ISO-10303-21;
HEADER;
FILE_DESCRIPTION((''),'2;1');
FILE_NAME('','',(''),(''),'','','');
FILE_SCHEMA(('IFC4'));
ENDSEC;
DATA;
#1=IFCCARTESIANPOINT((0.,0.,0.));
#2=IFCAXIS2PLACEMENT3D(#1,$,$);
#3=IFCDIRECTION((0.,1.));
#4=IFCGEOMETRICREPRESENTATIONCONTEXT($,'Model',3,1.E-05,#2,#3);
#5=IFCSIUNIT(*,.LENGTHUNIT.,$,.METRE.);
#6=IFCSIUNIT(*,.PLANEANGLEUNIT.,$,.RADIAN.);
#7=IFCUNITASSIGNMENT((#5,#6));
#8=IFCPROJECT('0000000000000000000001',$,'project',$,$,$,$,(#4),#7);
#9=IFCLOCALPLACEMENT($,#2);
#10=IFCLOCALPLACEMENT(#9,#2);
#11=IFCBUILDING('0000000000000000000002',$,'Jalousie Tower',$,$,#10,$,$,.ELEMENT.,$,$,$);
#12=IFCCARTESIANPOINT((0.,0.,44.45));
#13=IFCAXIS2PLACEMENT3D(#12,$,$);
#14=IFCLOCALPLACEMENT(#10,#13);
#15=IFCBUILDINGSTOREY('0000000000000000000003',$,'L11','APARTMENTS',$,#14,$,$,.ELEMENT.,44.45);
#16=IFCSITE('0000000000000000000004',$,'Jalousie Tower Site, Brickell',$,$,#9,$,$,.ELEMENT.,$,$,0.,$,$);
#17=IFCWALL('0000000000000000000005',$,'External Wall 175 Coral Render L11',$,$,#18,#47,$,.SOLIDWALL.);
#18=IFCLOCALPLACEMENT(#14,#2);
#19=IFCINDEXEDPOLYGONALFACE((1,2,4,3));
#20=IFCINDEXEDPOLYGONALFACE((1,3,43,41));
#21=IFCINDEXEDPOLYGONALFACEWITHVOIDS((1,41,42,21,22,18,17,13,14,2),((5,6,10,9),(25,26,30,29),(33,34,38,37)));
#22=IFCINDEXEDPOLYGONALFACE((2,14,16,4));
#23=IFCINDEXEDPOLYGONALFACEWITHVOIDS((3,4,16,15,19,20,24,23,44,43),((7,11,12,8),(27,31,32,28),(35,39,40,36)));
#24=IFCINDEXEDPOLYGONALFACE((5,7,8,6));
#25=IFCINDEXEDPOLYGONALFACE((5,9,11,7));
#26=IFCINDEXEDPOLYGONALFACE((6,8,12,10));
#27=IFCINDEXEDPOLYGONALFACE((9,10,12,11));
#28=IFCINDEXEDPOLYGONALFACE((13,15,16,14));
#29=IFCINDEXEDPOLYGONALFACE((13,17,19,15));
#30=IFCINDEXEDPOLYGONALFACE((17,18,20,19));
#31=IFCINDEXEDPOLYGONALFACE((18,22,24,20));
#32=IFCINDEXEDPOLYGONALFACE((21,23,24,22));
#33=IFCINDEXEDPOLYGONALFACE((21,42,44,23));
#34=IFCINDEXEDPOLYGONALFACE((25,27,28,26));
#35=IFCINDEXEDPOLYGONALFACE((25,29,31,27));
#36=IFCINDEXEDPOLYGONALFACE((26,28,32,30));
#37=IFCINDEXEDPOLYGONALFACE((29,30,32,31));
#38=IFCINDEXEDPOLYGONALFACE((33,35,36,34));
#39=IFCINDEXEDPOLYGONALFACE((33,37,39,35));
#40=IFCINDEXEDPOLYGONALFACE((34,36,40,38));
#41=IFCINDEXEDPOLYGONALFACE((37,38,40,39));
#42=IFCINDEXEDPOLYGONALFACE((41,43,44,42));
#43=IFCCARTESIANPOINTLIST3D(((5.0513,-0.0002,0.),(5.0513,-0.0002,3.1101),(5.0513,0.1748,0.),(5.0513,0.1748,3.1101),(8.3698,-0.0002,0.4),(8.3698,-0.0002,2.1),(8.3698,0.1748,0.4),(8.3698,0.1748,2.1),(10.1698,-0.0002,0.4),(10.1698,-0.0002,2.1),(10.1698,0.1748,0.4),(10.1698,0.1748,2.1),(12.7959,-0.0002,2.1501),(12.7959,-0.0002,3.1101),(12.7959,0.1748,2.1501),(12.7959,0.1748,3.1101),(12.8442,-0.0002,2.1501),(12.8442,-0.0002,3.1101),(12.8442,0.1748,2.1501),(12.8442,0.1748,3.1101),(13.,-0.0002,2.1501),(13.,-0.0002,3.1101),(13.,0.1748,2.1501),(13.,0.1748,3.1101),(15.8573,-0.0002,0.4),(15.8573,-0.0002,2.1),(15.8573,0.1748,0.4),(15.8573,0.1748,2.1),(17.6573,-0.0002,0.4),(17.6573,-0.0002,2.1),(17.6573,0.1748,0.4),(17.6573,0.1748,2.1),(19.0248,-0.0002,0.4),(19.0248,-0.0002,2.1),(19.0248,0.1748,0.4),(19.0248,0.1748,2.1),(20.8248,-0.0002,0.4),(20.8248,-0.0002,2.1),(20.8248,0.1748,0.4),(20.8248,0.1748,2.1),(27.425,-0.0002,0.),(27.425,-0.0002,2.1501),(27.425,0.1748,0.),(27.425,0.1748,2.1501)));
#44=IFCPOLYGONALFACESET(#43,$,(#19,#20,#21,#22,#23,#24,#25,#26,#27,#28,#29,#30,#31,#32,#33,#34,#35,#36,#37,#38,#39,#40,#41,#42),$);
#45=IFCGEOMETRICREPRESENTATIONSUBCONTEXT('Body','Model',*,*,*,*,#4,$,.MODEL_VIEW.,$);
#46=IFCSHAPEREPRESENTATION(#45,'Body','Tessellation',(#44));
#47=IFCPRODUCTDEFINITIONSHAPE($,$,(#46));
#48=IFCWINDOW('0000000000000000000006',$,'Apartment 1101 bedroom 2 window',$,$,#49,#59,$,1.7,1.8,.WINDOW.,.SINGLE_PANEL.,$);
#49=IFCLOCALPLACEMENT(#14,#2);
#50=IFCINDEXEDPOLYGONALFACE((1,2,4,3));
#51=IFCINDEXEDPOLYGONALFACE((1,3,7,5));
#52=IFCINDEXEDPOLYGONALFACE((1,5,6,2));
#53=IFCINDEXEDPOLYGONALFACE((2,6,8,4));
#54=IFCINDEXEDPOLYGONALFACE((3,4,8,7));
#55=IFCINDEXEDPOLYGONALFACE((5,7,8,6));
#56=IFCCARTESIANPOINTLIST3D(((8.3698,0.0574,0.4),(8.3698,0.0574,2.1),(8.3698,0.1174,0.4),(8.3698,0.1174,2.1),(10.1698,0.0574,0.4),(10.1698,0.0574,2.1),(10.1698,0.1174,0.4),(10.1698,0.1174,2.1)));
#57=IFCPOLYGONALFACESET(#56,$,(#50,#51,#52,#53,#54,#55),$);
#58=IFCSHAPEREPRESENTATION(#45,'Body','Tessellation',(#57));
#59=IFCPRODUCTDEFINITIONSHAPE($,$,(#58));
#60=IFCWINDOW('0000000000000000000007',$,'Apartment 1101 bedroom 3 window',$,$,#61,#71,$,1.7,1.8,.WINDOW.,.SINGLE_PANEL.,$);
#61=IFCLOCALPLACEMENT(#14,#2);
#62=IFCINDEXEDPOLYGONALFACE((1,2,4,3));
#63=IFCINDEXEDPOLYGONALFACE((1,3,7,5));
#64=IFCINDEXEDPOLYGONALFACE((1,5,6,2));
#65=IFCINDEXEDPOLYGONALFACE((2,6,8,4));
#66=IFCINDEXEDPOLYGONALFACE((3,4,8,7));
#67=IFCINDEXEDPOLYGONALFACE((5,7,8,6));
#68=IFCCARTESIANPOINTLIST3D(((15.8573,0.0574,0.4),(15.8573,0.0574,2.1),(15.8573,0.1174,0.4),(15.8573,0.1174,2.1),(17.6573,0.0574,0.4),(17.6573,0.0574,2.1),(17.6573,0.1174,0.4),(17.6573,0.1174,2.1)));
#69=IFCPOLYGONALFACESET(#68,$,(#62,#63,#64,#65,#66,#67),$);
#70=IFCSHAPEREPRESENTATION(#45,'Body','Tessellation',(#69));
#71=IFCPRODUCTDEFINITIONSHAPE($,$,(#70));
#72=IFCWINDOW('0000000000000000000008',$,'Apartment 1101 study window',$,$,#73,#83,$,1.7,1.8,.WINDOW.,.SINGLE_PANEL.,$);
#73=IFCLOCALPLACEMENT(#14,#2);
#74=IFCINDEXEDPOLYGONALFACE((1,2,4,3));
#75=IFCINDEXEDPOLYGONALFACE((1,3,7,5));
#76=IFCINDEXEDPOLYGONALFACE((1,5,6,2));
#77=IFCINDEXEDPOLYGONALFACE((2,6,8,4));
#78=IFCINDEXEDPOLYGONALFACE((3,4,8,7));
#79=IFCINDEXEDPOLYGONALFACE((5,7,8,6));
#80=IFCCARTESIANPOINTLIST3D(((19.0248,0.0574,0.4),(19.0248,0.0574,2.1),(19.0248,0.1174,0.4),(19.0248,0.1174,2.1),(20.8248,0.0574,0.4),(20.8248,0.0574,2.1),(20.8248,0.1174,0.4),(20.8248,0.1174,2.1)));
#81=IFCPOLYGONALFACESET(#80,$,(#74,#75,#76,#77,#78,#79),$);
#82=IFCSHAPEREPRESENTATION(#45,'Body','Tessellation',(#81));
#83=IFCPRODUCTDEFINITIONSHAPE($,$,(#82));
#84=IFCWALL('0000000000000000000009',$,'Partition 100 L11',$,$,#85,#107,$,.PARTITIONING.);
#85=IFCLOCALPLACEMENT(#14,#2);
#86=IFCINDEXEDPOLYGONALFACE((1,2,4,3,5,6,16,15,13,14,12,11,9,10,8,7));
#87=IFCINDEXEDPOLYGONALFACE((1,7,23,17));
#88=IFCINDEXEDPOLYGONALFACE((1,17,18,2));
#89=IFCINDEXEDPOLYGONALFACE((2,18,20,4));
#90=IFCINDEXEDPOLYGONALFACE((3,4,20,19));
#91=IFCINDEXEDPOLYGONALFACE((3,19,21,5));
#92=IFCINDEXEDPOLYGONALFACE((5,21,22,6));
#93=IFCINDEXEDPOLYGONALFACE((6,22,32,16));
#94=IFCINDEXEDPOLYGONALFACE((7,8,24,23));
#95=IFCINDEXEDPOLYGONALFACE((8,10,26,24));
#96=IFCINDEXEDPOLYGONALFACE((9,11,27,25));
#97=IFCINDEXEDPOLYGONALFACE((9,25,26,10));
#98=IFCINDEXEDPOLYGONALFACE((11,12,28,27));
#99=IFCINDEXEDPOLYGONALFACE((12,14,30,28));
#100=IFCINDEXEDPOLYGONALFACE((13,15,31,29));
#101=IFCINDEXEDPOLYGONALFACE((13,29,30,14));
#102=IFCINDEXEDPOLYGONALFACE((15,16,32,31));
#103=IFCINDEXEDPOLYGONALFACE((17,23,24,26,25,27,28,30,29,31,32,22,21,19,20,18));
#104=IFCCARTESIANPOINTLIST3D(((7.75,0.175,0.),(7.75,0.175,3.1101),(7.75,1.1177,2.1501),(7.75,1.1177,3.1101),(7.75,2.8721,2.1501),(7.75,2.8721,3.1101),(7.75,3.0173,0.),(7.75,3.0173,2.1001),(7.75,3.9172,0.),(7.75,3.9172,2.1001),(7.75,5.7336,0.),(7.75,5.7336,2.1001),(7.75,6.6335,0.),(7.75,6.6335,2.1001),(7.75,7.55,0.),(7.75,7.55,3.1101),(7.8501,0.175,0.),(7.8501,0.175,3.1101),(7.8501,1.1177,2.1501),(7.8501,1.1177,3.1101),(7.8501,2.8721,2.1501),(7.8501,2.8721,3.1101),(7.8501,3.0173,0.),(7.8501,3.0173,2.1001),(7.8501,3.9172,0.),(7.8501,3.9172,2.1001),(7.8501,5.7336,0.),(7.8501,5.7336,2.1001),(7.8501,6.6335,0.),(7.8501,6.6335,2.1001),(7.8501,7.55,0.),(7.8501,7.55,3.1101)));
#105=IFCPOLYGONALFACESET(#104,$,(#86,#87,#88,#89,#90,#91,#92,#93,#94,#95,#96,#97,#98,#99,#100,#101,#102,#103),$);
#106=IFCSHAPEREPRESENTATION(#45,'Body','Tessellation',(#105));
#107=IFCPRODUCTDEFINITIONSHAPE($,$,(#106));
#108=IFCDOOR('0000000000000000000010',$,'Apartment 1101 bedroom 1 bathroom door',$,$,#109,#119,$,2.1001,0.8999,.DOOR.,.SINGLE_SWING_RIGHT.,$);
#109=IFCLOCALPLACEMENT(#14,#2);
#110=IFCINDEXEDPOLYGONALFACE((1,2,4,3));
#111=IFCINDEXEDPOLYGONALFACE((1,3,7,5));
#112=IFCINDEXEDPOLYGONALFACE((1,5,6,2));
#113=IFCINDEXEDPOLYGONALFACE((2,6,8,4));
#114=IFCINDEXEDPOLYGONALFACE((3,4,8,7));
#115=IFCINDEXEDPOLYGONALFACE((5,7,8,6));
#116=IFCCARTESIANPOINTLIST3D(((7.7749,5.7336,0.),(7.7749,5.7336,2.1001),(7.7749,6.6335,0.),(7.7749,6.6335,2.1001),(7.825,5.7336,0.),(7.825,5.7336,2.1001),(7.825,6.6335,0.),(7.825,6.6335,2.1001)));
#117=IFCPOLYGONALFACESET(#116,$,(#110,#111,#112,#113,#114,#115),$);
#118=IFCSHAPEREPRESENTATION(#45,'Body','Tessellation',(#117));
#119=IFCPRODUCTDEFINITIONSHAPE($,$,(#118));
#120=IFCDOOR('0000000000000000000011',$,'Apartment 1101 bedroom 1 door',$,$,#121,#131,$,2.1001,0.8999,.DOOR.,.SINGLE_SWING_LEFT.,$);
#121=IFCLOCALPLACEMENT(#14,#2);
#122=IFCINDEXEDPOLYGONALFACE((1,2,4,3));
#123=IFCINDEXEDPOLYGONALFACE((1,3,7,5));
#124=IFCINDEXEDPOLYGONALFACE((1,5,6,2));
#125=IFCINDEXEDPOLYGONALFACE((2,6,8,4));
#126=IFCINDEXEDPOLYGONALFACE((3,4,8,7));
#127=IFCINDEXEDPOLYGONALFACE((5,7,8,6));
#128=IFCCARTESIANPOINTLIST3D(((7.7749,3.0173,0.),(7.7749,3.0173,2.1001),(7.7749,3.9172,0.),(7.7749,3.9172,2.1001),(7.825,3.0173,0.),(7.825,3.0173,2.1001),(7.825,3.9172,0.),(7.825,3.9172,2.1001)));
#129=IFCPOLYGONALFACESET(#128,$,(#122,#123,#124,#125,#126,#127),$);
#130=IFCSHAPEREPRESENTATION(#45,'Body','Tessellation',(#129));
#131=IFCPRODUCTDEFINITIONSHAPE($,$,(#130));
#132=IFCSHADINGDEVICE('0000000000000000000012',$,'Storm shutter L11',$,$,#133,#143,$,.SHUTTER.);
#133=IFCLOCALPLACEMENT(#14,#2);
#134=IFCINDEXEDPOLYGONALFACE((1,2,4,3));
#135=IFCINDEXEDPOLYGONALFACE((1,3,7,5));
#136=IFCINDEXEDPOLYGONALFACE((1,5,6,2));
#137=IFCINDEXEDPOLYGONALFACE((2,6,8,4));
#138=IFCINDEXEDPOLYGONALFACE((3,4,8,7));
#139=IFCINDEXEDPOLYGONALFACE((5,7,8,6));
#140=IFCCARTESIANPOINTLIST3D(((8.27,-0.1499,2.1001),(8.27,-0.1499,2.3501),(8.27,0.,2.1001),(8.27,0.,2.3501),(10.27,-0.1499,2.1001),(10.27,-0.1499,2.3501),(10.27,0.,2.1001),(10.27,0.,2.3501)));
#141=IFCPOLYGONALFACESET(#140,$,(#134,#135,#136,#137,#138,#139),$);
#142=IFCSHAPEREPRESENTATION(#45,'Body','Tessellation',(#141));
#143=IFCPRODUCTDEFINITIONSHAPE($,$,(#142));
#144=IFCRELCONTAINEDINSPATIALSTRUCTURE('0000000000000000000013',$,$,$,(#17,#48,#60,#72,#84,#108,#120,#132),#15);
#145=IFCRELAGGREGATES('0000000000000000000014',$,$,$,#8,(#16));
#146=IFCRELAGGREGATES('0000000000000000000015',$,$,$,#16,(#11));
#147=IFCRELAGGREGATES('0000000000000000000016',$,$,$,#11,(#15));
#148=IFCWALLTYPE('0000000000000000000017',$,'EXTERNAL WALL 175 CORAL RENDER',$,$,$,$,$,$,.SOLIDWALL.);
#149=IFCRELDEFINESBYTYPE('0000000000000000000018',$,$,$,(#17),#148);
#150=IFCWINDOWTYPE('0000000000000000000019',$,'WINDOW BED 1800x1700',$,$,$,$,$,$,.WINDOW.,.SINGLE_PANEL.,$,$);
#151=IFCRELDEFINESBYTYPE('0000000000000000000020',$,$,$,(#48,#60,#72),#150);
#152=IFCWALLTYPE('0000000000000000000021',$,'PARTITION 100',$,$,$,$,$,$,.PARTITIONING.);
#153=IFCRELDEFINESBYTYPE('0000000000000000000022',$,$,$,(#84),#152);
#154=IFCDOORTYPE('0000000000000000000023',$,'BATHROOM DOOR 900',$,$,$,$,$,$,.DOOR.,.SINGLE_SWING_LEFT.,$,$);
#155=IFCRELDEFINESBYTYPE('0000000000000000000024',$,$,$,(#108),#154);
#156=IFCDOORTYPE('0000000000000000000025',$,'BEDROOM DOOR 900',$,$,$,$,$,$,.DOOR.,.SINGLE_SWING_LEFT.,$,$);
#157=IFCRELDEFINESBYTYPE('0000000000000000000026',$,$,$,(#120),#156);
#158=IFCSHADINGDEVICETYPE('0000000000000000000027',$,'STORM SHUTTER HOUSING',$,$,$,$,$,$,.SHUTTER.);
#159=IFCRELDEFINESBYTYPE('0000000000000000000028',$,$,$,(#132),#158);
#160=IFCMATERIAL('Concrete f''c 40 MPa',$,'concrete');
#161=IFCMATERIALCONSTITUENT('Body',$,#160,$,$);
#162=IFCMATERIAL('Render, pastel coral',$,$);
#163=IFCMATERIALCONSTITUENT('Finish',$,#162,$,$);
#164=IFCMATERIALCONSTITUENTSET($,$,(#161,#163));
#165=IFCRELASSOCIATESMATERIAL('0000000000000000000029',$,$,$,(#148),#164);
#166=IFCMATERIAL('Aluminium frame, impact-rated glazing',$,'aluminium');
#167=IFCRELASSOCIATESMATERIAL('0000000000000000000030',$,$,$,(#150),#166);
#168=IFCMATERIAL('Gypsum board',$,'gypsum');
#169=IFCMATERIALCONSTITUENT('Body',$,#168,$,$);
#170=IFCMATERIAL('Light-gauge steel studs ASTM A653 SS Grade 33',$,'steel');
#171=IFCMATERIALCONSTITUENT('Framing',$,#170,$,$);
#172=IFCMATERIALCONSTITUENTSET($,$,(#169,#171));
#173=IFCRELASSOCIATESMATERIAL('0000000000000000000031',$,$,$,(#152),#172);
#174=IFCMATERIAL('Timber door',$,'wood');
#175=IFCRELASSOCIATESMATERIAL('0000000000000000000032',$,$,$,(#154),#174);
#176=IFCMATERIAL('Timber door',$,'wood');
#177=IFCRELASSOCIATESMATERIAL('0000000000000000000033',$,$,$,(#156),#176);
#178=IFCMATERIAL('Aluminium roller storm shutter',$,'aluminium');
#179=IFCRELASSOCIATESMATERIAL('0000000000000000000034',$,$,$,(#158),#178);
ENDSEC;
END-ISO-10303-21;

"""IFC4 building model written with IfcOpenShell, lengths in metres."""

from ifc_helpers import new_model, si_unit, direction, frame, frame_2d, origin, origin_2d, place, context, subcontext, project, spatial, polyline, rectangle, outline, extrude, material, constituent, constituent_set, type_object, element, fill, save


model = new_model("IFC4")

# Units and contexts
model_context = context("Model", 3, precision=1e-05, world=origin(), true_north=direction((0.0, 1.0)))
body_context = subcontext(model_context, "Body", "Model", "MODEL_VIEW")
ifc_project = project(units=[si_unit("LENGTHUNIT", "METRE"), si_unit("PLANEANGLEUNIT", "RADIAN")], contexts=[model_context])

# Site, building, storey
site_placement = place(None, origin())
site = spatial("IfcSite", under=ifc_project, at=site_placement, Name="Jalousie Tower Site, Brickell", CompositionType="ELEMENT", RefElevation=0.0)
building_placement = place(site_placement, origin())
building = spatial("IfcBuilding", under=site, at=building_placement, Name="Jalousie Tower", CompositionType="ELEMENT")
storey_placement = place(building_placement, frame((0.0, 0.0, 44.45)))
storey = spatial("IfcBuildingStorey", under=building, at=storey_placement, Name="L11", Description="APARTMENTS", CompositionType="ELEMENT", Elevation=44.45)

# Wall, openings, windows
ifc_material_1 = material(Name="Concrete f'c 40 MPa", Category="concrete")
ifc_constituent_1 = constituent(ifc_material_1, Name="Body")
ifc_material_2 = material(Name="Render, pastel coral")
ifc_constituent_2 = constituent(ifc_material_2, Name="Finish")
ifc_constituent_set_1 = constituent_set(constituents=[ifc_constituent_1, ifc_constituent_2])
wall_type_1 = type_object("IfcWallType", Name="EXTERNAL WALL 175 CORAL RENDER", PredefinedType="SOLIDWALL", material=ifc_constituent_set_1)
wall_1_placement = place(storey_placement, frame((5.0513, 0.0874, 0.0), z_axis=(0.0, 0.0, 1.0), x_axis=(1.0, 0.0, 0.0)))
wall_1 = element("IfcWall", 1, at=wall_1_placement, inside=storey, type_object=wall_type_1, Name="External Wall 175 Coral Render L11", PredefinedType="SOLIDWALL", context=body_context, shape_type="SweptSolid", body=[
    extrude(outline(polyline([(0.0, 0.0), (22.3738, 0.0), (22.3738, 2.1501), (7.9487, 2.1501), (7.9487, 3.1101), (7.793, 3.1101), (7.793, 2.1501), (7.7446, 2.1501), (7.7446, 3.1101), (0.0, 3.1101), (0.0, 0.0)])), frame((0.0, 0.0874, 0.0), z_axis=(0.0, -1.0, 0.0), x_axis=(1.0, 0.0, 0.0)), (0.0, 0.0, 1.0), 0.175),
])
opening_1_placement = place(wall_1_placement, frame((3.3186, 0.0, 0.3999)))
opening_1 = element("IfcOpeningElement", 2, at=opening_1_placement, cuts=wall_1, PredefinedType="OPENING", context=body_context, shape_type="SweptSolid", body=[
    extrude(rectangle(XDim=1.8, YDim=1.7, at=frame_2d((0.8999, 0.8501))), frame((0.0, 0.0974, 0.0), z_axis=(0.0, -1.0, 0.0), x_axis=(1.0, 0.0, 0.0)), (0.0, 0.0, 1.0), 0.1951),
])
opening_2_placement = place(wall_1_placement, frame((10.8062, 0.0, 0.3999)))
opening_2 = element("IfcOpeningElement", 3, at=opening_2_placement, cuts=wall_1, PredefinedType="OPENING", context=body_context, shape_type="SweptSolid", body=[
    extrude(rectangle(XDim=1.8, YDim=1.7, at=frame_2d((0.8999, 0.8501))), frame((0.0, 0.0974, 0.0), z_axis=(0.0, -1.0, 0.0), x_axis=(1.0, 0.0, 0.0)), (0.0, 0.0, 1.0), 0.1951),
])
opening_3_placement = place(wall_1_placement, frame((13.9736, 0.0, 0.3999)))
opening_3 = element("IfcOpeningElement", 4, at=opening_3_placement, cuts=wall_1, PredefinedType="OPENING", context=body_context, shape_type="SweptSolid", body=[
    extrude(rectangle(XDim=1.8, YDim=1.7, at=frame_2d((0.8999, 0.8501))), frame((0.0, 0.0974, 0.0), z_axis=(0.0, -1.0, 0.0), x_axis=(1.0, 0.0, 0.0)), (0.0, 0.0, 1.0), 0.1951),
])
ifc_material_3 = material(Name="Aluminium frame, impact-rated glazing", Category="aluminium")
window_type = type_object("IfcWindowType", Name="WINDOW BED 1800x1700", PartitioningType="SINGLE_PANEL", PredefinedType="WINDOW", material=ifc_material_3)
window_1_placement = place(opening_1_placement, origin())
window_1 = element("IfcWindow", 5, at=window_1_placement, inside=storey, type_object=window_type, Name="Apartment 1101 bedroom 2 window", OverallHeight=1.7, OverallWidth=1.8, PartitioningType="SINGLE_PANEL", PredefinedType="WINDOW", context=body_context, shape_type="SweptSolid", body=[
    extrude(rectangle(XDim=1.8, YDim=1.7, at=frame_2d((0.8999, 0.8501))), frame((0.0, 0.03, 0.0), z_axis=(0.0, -1.0, 0.0), x_axis=(1.0, 0.0, 0.0)), (0.0, 0.0, 1.0), 0.0601),
])
fill(opening_1, window_1)
window_2_placement = place(opening_2_placement, origin())
window_2 = element("IfcWindow", 6, at=window_2_placement, inside=storey, type_object=window_type, Name="Apartment 1101 bedroom 3 window", OverallHeight=1.7, OverallWidth=1.8, PartitioningType="SINGLE_PANEL", PredefinedType="WINDOW", context=body_context, shape_type="SweptSolid", body=[
    extrude(rectangle(XDim=1.8, YDim=1.7, at=frame_2d((0.8999, 0.8501))), frame((0.0, 0.03, 0.0), z_axis=(0.0, -1.0, 0.0), x_axis=(1.0, 0.0, 0.0)), (0.0, 0.0, 1.0), 0.0601),
])
fill(opening_2, window_2)
window_3_placement = place(opening_3_placement, origin())
window_3 = element("IfcWindow", 7, at=window_3_placement, inside=storey, type_object=window_type, Name="Apartment 1101 study window", OverallHeight=1.7, OverallWidth=1.8, PartitioningType="SINGLE_PANEL", PredefinedType="WINDOW", context=body_context, shape_type="SweptSolid", body=[
    extrude(rectangle(XDim=1.8, YDim=1.7, at=frame_2d((0.8999, 0.8501))), frame((0.0, 0.03, 0.0), z_axis=(0.0, -1.0, 0.0), x_axis=(1.0, 0.0, 0.0)), (0.0, 0.0, 1.0), 0.0601),
])
fill(opening_3, window_3)

# Wall, openings, doors
ifc_material_4 = material(Name="Gypsum board", Category="gypsum")
ifc_constituent_3 = constituent(ifc_material_4, Name="Body")
ifc_material_5 = material(Name="Light-gauge steel studs ASTM A653 SS Grade 33", Category="steel")
ifc_constituent_4 = constituent(ifc_material_5, Name="Framing")
ifc_constituent_set_2 = constituent_set(constituents=[ifc_constituent_3, ifc_constituent_4])
wall_type_2 = type_object("IfcWallType", Name="PARTITION 100", PredefinedType="PARTITIONING", material=ifc_constituent_set_2)
wall_2_placement = place(storey_placement, frame((7.8, 0.175, 0.0), z_axis=(0.0, 0.0, 1.0), x_axis=(0.0, 1.0, 0.0)))
wall_2 = element("IfcWall", 8, at=wall_2_placement, inside=storey, type_object=wall_type_2, Name="Partition 100 L11", PredefinedType="PARTITIONING", context=body_context, shape_type="SweptSolid", body=[
    extrude(outline(polyline([(0.0, 0.0), (7.375, 0.0), (7.375, 3.1101), (2.697, 3.1101), (2.697, 2.1501), (0.9426, 2.1501), (0.9426, 3.1101), (0.0, 3.1101), (0.0, 0.0)])), frame((0.0, 0.05, 0.0), z_axis=(0.0, -1.0, 0.0), x_axis=(1.0, 0.0, 0.0)), (0.0, 0.0, 1.0), 0.1001),
])
opening_4_placement = place(wall_2_placement, frame((2.8423, 0.0, 0.0)))
opening_4 = element("IfcOpeningElement", 9, at=opening_4_placement, cuts=wall_2, PredefinedType="OPENING", context=body_context, shape_type="SweptSolid", body=[
    extrude(rectangle(XDim=0.8999, YDim=2.1001, at=frame_2d((0.45, 1.05))), frame((0.0, 0.0601, 0.0), z_axis=(0.0, -1.0, 0.0), x_axis=(1.0, 0.0, 0.0)), (0.0, 0.0, 1.0), 0.1201),
])
opening_5_placement = place(wall_2_placement, frame((5.5586, 0.0, 0.0)))
opening_5 = element("IfcOpeningElement", 10, at=opening_5_placement, cuts=wall_2, PredefinedType="OPENING", context=body_context, shape_type="SweptSolid", body=[
    extrude(rectangle(XDim=0.8999, YDim=2.1001, at=frame_2d((0.45, 1.05))), frame((0.0, 0.0601, 0.0), z_axis=(0.0, -1.0, 0.0), x_axis=(1.0, 0.0, 0.0)), (0.0, 0.0, 1.0), 0.1201),
])
ifc_material_6 = material(Name="Timber door", Category="wood")
door_type_1 = type_object("IfcDoorType", Name="BATHROOM DOOR 900", OperationType="SINGLE_SWING_LEFT", PredefinedType="DOOR", material=ifc_material_6)
door_1_placement = place(opening_5_placement, frame((0.8999, 0.0, 0.0), z_axis=(0.0, 0.0, 1.0), x_axis=(-1.0, 0.0, 0.0)))
door_1 = element("IfcDoor", 11, at=door_1_placement, inside=storey, type_object=door_type_1, Name="Apartment 1101 bedroom 1 bathroom door", OperationType="SINGLE_SWING_RIGHT", OverallHeight=2.1001, OverallWidth=0.8999, PredefinedType="DOOR", context=body_context, shape_type="SweptSolid", body=[
    extrude(rectangle(XDim=0.8999, YDim=2.1001, at=frame_2d((0.45, 1.05))), frame((0.0, 0.0249, 0.0), z_axis=(0.0, -1.0, 0.0), x_axis=(1.0, 0.0, 0.0)), (0.0, 0.0, 1.0), 0.05),
])
fill(opening_5, door_1)
ifc_material_7 = material(Name="Timber door", Category="wood")
door_type_2 = type_object("IfcDoorType", Name="BEDROOM DOOR 900", OperationType="SINGLE_SWING_LEFT", PredefinedType="DOOR", material=ifc_material_7)
door_2_placement = place(opening_4_placement, frame((0.8999, 0.0, 0.0), z_axis=(0.0, 0.0, 1.0), x_axis=(-1.0, 0.0, 0.0)))
door_2 = element("IfcDoor", 12, at=door_2_placement, inside=storey, type_object=door_type_2, Name="Apartment 1101 bedroom 1 door", OperationType="SINGLE_SWING_LEFT", OverallHeight=2.1001, OverallWidth=0.8999, PredefinedType="DOOR", context=body_context, shape_type="SweptSolid", body=[
    extrude(rectangle(XDim=0.8999, YDim=2.1001, at=frame_2d((0.45, 1.05))), frame((0.0, 0.0249, 0.0), z_axis=(0.0, -1.0, 0.0), x_axis=(1.0, 0.0, 0.0)), (0.0, 0.0, 1.0), 0.05),
])
fill(opening_4, door_2)

# Shading device
ifc_material_8 = material(Name="Aluminium roller storm shutter", Category="aluminium")
shading_device_type = type_object("IfcShadingDeviceType", Name="STORM SHUTTER HOUSING", PredefinedType="SHUTTER", material=ifc_material_8)
shading_device_placement = place(storey_placement, frame((9.27, -0.075, 2.1001), z_axis=(0.0, 0.0, 1.0), x_axis=(1.0, 0.0, 0.0)))
element("IfcShadingDevice", 13, at=shading_device_placement, inside=storey, type_object=shading_device_type, Name="Storm shutter L11", PredefinedType="SHUTTER", context=body_context, shape_type="SweptSolid", body=[
    extrude(rectangle(XDim=2.0, YDim=0.1499, at=origin_2d()), origin(), (0.0, 0.0, 1.0), 0.25),
])

save(model, "model.ifc")
